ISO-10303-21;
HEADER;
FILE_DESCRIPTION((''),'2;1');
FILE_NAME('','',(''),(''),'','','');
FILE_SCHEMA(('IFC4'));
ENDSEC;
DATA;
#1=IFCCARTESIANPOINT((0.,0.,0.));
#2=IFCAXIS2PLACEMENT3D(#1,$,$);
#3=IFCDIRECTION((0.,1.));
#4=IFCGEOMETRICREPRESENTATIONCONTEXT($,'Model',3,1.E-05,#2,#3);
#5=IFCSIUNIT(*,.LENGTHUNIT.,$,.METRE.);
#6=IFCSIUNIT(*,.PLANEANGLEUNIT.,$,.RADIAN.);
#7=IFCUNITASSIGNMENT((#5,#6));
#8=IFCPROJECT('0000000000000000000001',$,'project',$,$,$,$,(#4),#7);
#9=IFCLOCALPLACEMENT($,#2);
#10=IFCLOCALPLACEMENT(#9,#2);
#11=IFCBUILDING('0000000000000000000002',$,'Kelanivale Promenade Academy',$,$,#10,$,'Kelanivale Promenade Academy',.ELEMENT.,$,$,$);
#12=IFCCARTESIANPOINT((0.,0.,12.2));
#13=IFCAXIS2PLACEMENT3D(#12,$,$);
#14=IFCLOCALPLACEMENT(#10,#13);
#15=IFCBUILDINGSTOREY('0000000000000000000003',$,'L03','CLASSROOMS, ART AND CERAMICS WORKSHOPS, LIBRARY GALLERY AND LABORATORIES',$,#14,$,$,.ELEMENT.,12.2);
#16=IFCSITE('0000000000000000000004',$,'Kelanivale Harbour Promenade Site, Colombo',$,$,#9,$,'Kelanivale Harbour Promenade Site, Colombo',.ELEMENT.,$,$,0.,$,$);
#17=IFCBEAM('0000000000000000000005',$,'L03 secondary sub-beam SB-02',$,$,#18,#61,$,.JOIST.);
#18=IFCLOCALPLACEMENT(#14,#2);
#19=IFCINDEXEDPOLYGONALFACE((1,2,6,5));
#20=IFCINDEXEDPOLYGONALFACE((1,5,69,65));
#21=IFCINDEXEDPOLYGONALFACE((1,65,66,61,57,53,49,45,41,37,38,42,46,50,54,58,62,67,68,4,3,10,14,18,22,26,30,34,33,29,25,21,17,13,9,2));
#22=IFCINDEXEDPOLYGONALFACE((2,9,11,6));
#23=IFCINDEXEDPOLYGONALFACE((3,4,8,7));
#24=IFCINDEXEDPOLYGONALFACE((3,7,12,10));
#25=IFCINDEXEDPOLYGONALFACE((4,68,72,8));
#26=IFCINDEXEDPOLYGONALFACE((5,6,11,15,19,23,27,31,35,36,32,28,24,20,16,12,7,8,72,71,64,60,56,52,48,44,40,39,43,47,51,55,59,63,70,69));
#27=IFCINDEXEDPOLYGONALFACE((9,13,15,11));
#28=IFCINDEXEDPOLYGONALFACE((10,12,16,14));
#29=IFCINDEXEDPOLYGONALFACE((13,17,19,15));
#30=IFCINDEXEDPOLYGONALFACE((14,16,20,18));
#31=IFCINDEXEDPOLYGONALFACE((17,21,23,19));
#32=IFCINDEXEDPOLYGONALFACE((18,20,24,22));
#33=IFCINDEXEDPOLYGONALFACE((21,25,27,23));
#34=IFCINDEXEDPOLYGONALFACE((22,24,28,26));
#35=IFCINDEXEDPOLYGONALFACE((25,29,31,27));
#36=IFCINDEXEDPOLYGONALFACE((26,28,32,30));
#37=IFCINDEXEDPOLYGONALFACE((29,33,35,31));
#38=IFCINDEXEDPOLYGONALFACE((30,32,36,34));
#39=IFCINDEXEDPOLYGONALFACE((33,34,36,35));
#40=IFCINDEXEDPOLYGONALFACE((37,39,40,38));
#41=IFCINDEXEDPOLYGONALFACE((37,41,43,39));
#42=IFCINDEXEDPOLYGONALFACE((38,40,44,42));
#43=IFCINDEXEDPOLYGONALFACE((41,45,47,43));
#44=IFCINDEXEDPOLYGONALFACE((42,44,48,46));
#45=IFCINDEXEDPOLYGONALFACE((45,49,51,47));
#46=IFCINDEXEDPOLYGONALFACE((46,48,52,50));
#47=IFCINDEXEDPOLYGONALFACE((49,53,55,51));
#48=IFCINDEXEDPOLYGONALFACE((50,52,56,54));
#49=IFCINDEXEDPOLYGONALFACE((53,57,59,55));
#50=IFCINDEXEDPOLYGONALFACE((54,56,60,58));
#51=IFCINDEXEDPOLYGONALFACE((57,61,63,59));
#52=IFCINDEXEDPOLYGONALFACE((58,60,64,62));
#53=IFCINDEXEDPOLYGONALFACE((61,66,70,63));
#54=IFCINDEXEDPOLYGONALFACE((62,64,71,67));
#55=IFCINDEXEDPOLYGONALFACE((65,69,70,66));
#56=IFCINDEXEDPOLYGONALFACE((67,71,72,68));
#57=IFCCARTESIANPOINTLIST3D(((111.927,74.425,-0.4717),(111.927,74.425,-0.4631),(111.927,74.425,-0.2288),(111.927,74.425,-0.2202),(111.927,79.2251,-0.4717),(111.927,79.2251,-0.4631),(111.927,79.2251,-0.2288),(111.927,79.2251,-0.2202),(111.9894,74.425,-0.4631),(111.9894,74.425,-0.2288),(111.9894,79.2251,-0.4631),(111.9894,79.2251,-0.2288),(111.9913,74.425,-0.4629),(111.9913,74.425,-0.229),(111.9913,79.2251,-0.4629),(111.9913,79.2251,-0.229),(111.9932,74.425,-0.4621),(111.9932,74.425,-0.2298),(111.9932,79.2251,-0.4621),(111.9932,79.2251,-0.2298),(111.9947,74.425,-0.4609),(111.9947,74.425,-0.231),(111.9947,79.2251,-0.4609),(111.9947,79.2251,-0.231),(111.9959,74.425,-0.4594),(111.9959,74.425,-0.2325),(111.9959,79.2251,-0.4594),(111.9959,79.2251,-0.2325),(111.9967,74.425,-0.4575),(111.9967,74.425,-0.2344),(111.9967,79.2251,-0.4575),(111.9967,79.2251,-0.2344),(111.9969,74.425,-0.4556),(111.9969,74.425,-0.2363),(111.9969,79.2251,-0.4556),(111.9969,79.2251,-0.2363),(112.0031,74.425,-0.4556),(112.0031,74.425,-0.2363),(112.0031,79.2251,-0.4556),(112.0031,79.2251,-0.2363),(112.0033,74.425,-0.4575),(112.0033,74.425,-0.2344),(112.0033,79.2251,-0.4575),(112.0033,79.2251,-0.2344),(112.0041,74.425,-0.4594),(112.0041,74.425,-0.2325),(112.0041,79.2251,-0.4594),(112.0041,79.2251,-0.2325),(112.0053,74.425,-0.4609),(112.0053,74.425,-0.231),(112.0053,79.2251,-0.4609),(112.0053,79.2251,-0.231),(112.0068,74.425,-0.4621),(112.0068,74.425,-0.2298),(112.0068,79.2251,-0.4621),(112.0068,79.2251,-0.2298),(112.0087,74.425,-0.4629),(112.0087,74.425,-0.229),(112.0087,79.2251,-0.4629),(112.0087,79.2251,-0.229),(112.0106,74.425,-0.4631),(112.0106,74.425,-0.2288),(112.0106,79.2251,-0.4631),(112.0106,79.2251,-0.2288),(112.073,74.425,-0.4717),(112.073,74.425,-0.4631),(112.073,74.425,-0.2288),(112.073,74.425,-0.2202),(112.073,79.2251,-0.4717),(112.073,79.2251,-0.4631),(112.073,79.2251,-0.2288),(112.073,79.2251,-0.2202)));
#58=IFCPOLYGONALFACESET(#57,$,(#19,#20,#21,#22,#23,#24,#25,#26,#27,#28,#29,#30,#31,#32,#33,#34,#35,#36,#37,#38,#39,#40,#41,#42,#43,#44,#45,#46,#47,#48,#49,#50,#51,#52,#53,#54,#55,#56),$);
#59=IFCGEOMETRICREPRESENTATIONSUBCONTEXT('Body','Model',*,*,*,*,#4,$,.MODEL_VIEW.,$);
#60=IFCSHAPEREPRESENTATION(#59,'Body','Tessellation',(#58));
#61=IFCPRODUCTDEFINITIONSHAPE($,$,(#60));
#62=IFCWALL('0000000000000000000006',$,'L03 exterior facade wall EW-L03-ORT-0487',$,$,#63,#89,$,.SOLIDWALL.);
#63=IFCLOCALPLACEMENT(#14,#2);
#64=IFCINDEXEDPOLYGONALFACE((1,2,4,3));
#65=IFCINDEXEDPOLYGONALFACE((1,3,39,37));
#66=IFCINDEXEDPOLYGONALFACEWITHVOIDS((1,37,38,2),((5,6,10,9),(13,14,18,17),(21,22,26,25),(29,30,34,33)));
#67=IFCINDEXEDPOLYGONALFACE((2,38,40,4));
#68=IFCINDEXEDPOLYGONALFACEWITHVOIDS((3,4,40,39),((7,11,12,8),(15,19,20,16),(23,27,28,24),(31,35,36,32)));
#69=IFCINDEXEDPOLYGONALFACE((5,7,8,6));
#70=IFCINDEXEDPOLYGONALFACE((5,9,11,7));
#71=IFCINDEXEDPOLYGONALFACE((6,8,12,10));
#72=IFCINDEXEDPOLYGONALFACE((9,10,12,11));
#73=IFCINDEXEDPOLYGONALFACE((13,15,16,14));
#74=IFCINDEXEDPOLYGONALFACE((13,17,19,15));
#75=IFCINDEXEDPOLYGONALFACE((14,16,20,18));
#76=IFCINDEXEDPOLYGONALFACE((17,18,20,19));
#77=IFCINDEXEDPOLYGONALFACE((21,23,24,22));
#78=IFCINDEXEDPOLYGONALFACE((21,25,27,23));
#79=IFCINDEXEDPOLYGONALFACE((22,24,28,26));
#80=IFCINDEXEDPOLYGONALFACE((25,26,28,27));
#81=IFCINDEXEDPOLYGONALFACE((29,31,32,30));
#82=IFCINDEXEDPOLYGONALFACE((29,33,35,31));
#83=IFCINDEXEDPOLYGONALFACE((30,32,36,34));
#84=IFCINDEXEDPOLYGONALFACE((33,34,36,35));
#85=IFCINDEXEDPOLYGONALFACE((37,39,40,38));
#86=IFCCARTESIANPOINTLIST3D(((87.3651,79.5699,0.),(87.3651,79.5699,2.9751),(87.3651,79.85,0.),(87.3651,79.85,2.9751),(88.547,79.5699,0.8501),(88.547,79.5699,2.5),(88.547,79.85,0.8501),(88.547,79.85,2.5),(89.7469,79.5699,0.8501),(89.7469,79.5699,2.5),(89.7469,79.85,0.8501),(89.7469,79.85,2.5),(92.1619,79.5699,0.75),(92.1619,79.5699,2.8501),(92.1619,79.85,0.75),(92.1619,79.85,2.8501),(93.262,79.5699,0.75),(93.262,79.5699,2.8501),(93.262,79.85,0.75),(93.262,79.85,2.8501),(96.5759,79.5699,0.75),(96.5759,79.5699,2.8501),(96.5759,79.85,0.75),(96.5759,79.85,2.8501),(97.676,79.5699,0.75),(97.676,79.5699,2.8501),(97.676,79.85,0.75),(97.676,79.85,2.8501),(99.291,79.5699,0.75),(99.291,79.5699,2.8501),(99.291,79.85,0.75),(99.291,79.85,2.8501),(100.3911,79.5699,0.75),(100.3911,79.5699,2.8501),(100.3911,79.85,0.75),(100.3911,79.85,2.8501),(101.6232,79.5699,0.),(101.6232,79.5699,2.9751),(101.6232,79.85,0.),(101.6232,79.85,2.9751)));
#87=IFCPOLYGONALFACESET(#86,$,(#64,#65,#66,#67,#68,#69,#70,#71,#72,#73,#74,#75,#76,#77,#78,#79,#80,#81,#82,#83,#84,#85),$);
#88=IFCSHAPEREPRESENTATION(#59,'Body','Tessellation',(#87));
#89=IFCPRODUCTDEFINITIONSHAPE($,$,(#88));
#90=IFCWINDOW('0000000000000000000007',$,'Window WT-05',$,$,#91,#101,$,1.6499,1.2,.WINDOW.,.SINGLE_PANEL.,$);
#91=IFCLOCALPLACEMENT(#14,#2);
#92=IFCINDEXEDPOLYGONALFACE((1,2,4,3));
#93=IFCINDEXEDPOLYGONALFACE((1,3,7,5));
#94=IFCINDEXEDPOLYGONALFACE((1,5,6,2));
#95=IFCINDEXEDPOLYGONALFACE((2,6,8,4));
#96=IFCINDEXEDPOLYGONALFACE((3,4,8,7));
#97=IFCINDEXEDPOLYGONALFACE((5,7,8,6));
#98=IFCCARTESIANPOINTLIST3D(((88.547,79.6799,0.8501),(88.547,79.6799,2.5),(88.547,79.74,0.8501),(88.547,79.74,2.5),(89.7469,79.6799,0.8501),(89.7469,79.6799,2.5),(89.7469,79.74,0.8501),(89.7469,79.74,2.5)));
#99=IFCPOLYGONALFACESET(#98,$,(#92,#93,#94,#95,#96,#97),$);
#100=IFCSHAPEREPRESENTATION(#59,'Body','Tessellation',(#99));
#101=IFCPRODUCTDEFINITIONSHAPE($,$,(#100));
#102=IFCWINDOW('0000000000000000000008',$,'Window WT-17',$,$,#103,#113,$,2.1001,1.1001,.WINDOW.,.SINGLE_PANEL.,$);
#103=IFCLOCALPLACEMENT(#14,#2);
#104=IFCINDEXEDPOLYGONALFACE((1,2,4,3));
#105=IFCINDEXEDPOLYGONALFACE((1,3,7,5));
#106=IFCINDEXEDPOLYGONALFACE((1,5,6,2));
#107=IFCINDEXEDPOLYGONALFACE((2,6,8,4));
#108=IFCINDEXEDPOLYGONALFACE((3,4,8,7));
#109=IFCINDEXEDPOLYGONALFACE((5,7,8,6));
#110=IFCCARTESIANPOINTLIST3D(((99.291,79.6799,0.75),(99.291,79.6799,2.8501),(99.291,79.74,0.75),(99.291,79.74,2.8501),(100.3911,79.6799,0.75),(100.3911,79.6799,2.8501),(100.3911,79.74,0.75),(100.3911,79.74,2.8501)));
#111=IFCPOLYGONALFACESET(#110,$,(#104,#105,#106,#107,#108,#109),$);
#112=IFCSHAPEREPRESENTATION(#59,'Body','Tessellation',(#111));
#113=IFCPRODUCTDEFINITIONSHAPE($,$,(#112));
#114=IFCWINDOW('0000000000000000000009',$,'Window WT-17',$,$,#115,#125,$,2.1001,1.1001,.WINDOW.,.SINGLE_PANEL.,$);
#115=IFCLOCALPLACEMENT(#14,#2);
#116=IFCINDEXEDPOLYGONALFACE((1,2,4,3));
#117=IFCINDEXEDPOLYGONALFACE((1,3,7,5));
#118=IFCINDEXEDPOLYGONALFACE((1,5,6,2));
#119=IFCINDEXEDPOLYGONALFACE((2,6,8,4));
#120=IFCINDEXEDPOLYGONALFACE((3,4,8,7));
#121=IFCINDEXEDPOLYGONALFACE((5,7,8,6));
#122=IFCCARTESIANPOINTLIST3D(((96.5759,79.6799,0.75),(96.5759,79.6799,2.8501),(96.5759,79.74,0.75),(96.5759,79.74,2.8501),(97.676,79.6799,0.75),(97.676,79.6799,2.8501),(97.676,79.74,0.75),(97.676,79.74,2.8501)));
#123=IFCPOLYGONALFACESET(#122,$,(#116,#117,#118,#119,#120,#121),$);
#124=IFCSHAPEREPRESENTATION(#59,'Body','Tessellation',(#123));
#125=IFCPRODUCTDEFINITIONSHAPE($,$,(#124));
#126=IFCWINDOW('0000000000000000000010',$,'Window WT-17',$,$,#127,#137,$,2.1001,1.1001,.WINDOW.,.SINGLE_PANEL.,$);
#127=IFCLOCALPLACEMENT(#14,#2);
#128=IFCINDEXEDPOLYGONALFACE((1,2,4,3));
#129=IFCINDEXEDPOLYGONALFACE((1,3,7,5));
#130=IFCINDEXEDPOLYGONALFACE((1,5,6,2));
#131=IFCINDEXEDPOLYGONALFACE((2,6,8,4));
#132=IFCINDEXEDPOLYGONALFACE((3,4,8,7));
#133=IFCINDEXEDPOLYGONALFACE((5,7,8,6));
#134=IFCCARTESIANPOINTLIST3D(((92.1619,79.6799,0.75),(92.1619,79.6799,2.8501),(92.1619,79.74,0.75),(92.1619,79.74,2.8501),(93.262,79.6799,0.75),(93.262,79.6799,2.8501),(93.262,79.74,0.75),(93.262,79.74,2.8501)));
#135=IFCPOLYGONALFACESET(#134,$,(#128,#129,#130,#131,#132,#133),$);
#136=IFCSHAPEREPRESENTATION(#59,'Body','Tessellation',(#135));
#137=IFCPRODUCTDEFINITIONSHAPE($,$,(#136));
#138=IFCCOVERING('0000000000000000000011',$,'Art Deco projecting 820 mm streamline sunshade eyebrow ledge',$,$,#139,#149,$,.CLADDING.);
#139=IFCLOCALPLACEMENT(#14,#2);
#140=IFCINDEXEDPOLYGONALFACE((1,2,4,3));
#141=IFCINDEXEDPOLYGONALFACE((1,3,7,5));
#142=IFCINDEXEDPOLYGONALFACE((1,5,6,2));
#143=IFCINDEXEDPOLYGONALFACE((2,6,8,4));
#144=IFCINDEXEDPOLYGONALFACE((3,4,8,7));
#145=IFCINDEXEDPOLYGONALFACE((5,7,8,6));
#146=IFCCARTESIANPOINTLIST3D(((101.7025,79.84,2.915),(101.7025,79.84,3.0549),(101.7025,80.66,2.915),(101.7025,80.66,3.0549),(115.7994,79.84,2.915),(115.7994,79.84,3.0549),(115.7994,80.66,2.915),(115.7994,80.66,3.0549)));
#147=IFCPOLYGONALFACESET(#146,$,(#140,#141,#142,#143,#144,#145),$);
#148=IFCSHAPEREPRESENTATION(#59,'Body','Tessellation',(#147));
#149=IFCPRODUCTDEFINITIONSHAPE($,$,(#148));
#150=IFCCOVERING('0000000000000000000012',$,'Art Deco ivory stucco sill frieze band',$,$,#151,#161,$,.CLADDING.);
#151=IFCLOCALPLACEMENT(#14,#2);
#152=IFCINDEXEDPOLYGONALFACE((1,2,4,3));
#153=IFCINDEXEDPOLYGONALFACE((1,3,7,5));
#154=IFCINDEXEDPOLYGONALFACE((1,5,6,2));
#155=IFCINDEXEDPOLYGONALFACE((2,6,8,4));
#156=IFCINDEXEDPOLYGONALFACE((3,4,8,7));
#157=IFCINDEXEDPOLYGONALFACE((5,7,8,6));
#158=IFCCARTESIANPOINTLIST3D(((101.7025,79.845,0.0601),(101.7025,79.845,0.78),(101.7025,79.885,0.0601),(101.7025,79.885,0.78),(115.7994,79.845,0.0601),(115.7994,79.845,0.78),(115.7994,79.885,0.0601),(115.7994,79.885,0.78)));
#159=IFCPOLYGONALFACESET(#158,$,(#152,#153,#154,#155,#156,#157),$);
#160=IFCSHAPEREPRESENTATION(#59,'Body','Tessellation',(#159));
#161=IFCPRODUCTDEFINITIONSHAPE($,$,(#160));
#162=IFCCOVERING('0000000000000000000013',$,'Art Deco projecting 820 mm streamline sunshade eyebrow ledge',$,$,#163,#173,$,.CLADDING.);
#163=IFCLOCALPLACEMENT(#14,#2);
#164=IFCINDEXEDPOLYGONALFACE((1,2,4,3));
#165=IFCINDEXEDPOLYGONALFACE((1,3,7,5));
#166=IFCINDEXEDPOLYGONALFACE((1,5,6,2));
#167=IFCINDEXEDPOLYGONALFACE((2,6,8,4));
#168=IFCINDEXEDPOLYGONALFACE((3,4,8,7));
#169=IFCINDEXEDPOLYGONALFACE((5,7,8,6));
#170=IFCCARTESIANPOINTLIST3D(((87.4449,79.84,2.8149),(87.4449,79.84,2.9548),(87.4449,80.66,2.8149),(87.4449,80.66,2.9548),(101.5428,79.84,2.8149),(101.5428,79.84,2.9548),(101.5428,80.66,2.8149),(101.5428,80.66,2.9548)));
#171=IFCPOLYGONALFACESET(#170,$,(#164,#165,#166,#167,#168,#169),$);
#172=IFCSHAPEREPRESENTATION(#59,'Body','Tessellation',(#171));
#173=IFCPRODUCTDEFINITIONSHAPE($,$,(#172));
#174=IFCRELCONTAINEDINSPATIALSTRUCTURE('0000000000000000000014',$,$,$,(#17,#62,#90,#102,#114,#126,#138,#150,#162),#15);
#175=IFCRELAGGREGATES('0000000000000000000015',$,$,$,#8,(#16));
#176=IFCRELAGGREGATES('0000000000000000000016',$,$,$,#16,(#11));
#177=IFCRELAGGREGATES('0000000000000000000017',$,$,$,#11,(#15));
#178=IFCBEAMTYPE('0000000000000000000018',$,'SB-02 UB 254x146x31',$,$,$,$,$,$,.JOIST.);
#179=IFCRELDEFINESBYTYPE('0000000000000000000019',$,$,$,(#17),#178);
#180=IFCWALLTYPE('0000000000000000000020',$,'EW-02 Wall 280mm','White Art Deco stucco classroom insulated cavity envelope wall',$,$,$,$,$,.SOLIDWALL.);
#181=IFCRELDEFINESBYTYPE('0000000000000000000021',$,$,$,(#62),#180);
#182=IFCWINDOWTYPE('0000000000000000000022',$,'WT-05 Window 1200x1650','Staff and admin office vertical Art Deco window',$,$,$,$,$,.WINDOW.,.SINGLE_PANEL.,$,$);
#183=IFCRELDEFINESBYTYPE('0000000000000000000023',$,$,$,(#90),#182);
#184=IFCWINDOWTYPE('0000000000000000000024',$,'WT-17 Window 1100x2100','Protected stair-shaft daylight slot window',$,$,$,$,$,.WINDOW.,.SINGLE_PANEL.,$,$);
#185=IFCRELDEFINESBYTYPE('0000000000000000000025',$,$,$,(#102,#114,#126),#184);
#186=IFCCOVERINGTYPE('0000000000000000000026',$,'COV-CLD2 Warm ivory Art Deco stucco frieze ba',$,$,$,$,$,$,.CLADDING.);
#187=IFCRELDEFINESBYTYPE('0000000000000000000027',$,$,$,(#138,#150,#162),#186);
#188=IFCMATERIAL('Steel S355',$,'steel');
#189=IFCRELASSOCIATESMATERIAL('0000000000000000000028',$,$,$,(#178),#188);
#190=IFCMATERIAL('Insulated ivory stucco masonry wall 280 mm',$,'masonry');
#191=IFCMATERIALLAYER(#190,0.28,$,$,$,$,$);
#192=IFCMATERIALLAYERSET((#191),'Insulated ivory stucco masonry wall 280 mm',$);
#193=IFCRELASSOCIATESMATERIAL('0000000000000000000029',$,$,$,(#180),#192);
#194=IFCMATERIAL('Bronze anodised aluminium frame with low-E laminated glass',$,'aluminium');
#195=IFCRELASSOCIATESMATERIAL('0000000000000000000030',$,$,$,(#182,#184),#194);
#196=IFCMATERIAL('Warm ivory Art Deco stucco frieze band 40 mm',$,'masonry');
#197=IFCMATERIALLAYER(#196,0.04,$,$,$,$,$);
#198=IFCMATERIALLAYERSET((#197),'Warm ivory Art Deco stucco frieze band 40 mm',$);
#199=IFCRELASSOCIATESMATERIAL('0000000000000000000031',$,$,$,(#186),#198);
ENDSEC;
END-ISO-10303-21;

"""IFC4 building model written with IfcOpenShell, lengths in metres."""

from ifc_helpers import new_model, si_unit, direction, frame, frame_2d, origin, origin_2d, place, context, subcontext, project, spatial, rectangle, i_section, extrude, material, layer, layer_set, material_profile, profile_set, type_object, element, fill, save


model = new_model("IFC4")

# Units and contexts
model_context = context("Model", 3, precision=1e-05, world=origin(), true_north=direction((0.0, 1.0)))
body_context = subcontext(model_context, "Body", "Model", "MODEL_VIEW")
ifc_project = project(units=[si_unit("LENGTHUNIT", "METRE"), si_unit("PLANEANGLEUNIT", "RADIAN")], contexts=[model_context])

# Site, building, storey
site_placement = place(None, origin())
site = spatial("IfcSite", under=ifc_project, at=site_placement, Name="Kelanivale Harbour Promenade Site, Colombo", LongName="Kelanivale Harbour Promenade Site, Colombo", CompositionType="ELEMENT", RefElevation=0.0)
building_placement = place(site_placement, origin())
building = spatial("IfcBuilding", under=site, at=building_placement, Name="Kelanivale Promenade Academy", LongName="Kelanivale Promenade Academy", CompositionType="ELEMENT")
storey_placement = place(building_placement, frame((0.0, 0.0, 12.2)))
storey = spatial("IfcBuildingStorey", under=building, at=storey_placement, Name="L03", Description="CLASSROOMS, ART AND CERAMICS WORKSHOPS, LIBRARY GALLERY AND LABORATORIES", CompositionType="ELEMENT", Elevation=12.2)

# Beam
ifc_material_1 = material(Name="Steel S355", Category="steel")
ifc_material_profile_1 = material_profile(ifc_material_1, i_section(OverallWidth=0.146, OverallDepth=0.2515, WebThickness=0.0061, FlangeThickness=0.0085, FilletRadius=0.0076, at=origin_2d()), Name="UB 254x146x31")
ifc_profile_set_1 = profile_set([ifc_material_profile_1], Name="Steel S355")
beam_type_1 = type_object("IfcBeamType", Name="SB-02 UB 254x146x31", PredefinedType="JOIST", material=ifc_profile_set_1)
beam_1_placement = place(storey_placement, frame((112.0, 74.425, -0.3459), z_axis=(0.0, 1.0, 0.0), x_axis=(-1.0, 0.0, 0.0)))
element("IfcBeam", 1, at=beam_1_placement, inside=storey, type_object=beam_type_1, Name="L03 secondary sub-beam SB-02", PredefinedType="JOIST", context=body_context, shape_type="SweptSolid", body=[
    extrude(i_section(OverallWidth=0.146, OverallDepth=0.2515, WebThickness=0.0061, FlangeThickness=0.0085, FilletRadius=0.0076, at=origin_2d()), origin(), (0.0, 0.0, 1.0), 4.8),
])

# Wall, openings, windows
ifc_material_2 = material(Name="Insulated ivory stucco masonry wall 280 mm", Category="masonry")
ifc_layer_1 = layer(ifc_material_2, 0.28)
ifc_layer_set_1 = layer_set([ifc_layer_1], Name="Insulated ivory stucco masonry wall 280 mm")
wall_type = type_object("IfcWallType", Name="EW-02 Wall 280mm", Description="White Art Deco stucco classroom insulated cavity envelope wall", PredefinedType="SOLIDWALL", material=ifc_layer_set_1)
wall_placement = place(storey_placement, frame((101.623, 79.71, 0.0), z_axis=(0.0, 0.0, 1.0), x_axis=(-1.0, 0.0, 0.0)))
wall = element("IfcWall", 2, at=wall_placement, inside=storey, type_object=wall_type, Name="L03 exterior facade wall EW-L03-ORT-0487", PredefinedType="SOLIDWALL", context=body_context, shape_type="SweptSolid", body=[
    extrude(rectangle(XDim=14.2581, YDim=0.28, at=frame_2d((7.1289, 0.0))), origin(), (0.0, 0.0, 1.0), 2.9751),
])
opening_1_placement = place(wall_placement, frame((1.2319, 0.0, 0.75)))
opening_1 = element("IfcOpeningElement", 3, at=opening_1_placement, cuts=wall, PredefinedType="OPENING", context=body_context, shape_type="SweptSolid", body=[
    extrude(rectangle(XDim=1.1001, YDim=2.1001, at=frame_2d((0.55, 1.05))), frame((0.0, 0.1499, 0.0), z_axis=(0.0, -1.0, 0.0), x_axis=(1.0, 0.0, 0.0)), (0.0, 0.0, 1.0), 0.3),
])
opening_2_placement = place(wall_placement, frame((3.947, 0.0, 0.75)))
opening_2 = element("IfcOpeningElement", 4, at=opening_2_placement, cuts=wall, PredefinedType="OPENING", context=body_context, shape_type="SweptSolid", body=[
    extrude(rectangle(XDim=1.1001, YDim=2.1001, at=frame_2d((0.55, 1.05))), frame((0.0, 0.1499, 0.0), z_axis=(0.0, -1.0, 0.0), x_axis=(1.0, 0.0, 0.0)), (0.0, 0.0, 1.0), 0.3),
])
opening_3_placement = place(wall_placement, frame((8.3611, 0.0, 0.75)))
opening_3 = element("IfcOpeningElement", 5, at=opening_3_placement, cuts=wall, PredefinedType="OPENING", context=body_context, shape_type="SweptSolid", body=[
    extrude(rectangle(XDim=1.1001, YDim=2.1001, at=frame_2d((0.55, 1.05))), frame((0.0, 0.1499, 0.0), z_axis=(0.0, -1.0, 0.0), x_axis=(1.0, 0.0, 0.0)), (0.0, 0.0, 1.0), 0.3),
])
opening_4_placement = place(wall_placement, frame((11.876, 0.0, 0.8501)))
opening_4 = element("IfcOpeningElement", 6, at=opening_4_placement, cuts=wall, PredefinedType="OPENING", context=body_context, shape_type="SweptSolid", body=[
    extrude(rectangle(XDim=1.2, YDim=1.6499, at=frame_2d((0.6001, 0.825))), frame((0.0, 0.1499, 0.0), z_axis=(0.0, -1.0, 0.0), x_axis=(1.0, 0.0, 0.0)), (0.0, 0.0, 1.0), 0.3),
])
ifc_material_3 = material(Name="Bronze anodised aluminium frame with low-E laminated glass", Category="aluminium")
window_type_1 = type_object("IfcWindowType", Name="WT-05 Window 1200x1650", Description="Staff and admin office vertical Art Deco window", PartitioningType="SINGLE_PANEL", PredefinedType="WINDOW", material=ifc_material_3)
window_1_placement = place(opening_4_placement, origin())
window_1 = element("IfcWindow", 7, at=window_1_placement, inside=storey, type_object=window_type_1, Name="Window WT-05", OverallHeight=1.6499, OverallWidth=1.2, PartitioningType="SINGLE_PANEL", PredefinedType="WINDOW", context=body_context, shape_type="SweptSolid", body=[
    extrude(rectangle(XDim=1.2, YDim=1.6499, at=frame_2d((0.6001, 0.825))), frame((0.0, 0.03, 0.0), z_axis=(0.0, -1.0, 0.0), x_axis=(1.0, 0.0, 0.0)), (0.0, 0.0, 1.0), 0.0601),
])
fill(opening_4, window_1)
window_type_2 = type_object("IfcWindowType", Name="WT-17 Window 1100x2100", Description="Protected stair-shaft daylight slot window", PartitioningType="SINGLE_PANEL", PredefinedType="WINDOW", material=ifc_material_3)
window_2_placement = place(opening_1_placement, origin())
window_2 = element("IfcWindow", 8, at=window_2_placement, inside=storey, type_object=window_type_2, Name="Window WT-17", OverallHeight=2.1001, OverallWidth=1.1001, PartitioningType="SINGLE_PANEL", PredefinedType="WINDOW", context=body_context, shape_type="SweptSolid", body=[
    extrude(rectangle(XDim=1.1001, YDim=2.1001, at=frame_2d((0.55, 1.05))), frame((0.0, 0.03, 0.0), z_axis=(0.0, -1.0, 0.0), x_axis=(1.0, 0.0, 0.0)), (0.0, 0.0, 1.0), 0.0601),
])
fill(opening_1, window_2)
window_3_placement = place(opening_2_placement, origin())
window_3 = element("IfcWindow", 9, at=window_3_placement, inside=storey, type_object=window_type_2, Name="Window WT-17", OverallHeight=2.1001, OverallWidth=1.1001, PartitioningType="SINGLE_PANEL", PredefinedType="WINDOW", context=body_context, shape_type="SweptSolid", body=[
    extrude(rectangle(XDim=1.1001, YDim=2.1001, at=frame_2d((0.55, 1.05))), frame((0.0, 0.03, 0.0), z_axis=(0.0, -1.0, 0.0), x_axis=(1.0, 0.0, 0.0)), (0.0, 0.0, 1.0), 0.0601),
])
fill(opening_2, window_3)
window_4_placement = place(opening_3_placement, origin())
window_4 = element("IfcWindow", 10, at=window_4_placement, inside=storey, type_object=window_type_2, Name="Window WT-17", OverallHeight=2.1001, OverallWidth=1.1001, PartitioningType="SINGLE_PANEL", PredefinedType="WINDOW", context=body_context, shape_type="SweptSolid", body=[
    extrude(rectangle(XDim=1.1001, YDim=2.1001, at=frame_2d((0.55, 1.05))), frame((0.0, 0.03, 0.0), z_axis=(0.0, -1.0, 0.0), x_axis=(1.0, 0.0, 0.0)), (0.0, 0.0, 1.0), 0.0601),
])
fill(opening_3, window_4)

# Coverings
ifc_material_4 = material(Name="Warm ivory Art Deco stucco frieze band 40 mm", Category="masonry")
ifc_layer_2 = layer(ifc_material_4, 0.04)
ifc_layer_set_2 = layer_set([ifc_layer_2], Name="Warm ivory Art Deco stucco frieze band 40 mm")
covering_type = type_object("IfcCoveringType", Name="COV-CLD2 Warm ivory Art Deco stucco frieze ba", PredefinedType="CLADDING", material=ifc_layer_set_2)
covering_1_placement = place(storey_placement, frame((108.751, 80.25, 2.915), z_axis=(0.0, 0.0, 1.0), x_axis=(-1.0, 0.0, 0.0)))
element("IfcCovering", 11, at=covering_1_placement, inside=storey, type_object=covering_type, Name="Art Deco projecting 820 mm streamline sunshade eyebrow ledge", PredefinedType="CLADDING", context=body_context, shape_type="SweptSolid", body=[
    extrude(rectangle(XDim=14.0969, YDim=0.8201, at=origin_2d()), origin(), (0.0, 0.0, 1.0), 0.1399),
])
covering_2_placement = place(storey_placement, frame((108.751, 79.865, 0.0601), z_axis=(0.0, 0.0, 1.0), x_axis=(-1.0, 0.0, 0.0)))
element("IfcCovering", 12, at=covering_2_placement, inside=storey, type_object=covering_type, Name="Art Deco ivory stucco sill frieze band", PredefinedType="CLADDING", context=body_context, shape_type="SweptSolid", body=[
    extrude(rectangle(XDim=14.0969, YDim=0.04, at=origin_2d()), origin(), (0.0, 0.0, 1.0), 0.72),
])
covering_3_placement = place(storey_placement, frame((94.4939, 80.25, 2.8149), z_axis=(0.0, 0.0, 1.0), x_axis=(-1.0, 0.0, 0.0)))
element("IfcCovering", 13, at=covering_3_placement, inside=storey, type_object=covering_type, Name="Art Deco projecting 820 mm streamline sunshade eyebrow ledge", PredefinedType="CLADDING", context=body_context, shape_type="SweptSolid", body=[
    extrude(rectangle(XDim=14.0979, YDim=0.8201, at=origin_2d()), origin(), (0.0, 0.0, 1.0), 0.1399),
])

save(model, "model.ifc")
